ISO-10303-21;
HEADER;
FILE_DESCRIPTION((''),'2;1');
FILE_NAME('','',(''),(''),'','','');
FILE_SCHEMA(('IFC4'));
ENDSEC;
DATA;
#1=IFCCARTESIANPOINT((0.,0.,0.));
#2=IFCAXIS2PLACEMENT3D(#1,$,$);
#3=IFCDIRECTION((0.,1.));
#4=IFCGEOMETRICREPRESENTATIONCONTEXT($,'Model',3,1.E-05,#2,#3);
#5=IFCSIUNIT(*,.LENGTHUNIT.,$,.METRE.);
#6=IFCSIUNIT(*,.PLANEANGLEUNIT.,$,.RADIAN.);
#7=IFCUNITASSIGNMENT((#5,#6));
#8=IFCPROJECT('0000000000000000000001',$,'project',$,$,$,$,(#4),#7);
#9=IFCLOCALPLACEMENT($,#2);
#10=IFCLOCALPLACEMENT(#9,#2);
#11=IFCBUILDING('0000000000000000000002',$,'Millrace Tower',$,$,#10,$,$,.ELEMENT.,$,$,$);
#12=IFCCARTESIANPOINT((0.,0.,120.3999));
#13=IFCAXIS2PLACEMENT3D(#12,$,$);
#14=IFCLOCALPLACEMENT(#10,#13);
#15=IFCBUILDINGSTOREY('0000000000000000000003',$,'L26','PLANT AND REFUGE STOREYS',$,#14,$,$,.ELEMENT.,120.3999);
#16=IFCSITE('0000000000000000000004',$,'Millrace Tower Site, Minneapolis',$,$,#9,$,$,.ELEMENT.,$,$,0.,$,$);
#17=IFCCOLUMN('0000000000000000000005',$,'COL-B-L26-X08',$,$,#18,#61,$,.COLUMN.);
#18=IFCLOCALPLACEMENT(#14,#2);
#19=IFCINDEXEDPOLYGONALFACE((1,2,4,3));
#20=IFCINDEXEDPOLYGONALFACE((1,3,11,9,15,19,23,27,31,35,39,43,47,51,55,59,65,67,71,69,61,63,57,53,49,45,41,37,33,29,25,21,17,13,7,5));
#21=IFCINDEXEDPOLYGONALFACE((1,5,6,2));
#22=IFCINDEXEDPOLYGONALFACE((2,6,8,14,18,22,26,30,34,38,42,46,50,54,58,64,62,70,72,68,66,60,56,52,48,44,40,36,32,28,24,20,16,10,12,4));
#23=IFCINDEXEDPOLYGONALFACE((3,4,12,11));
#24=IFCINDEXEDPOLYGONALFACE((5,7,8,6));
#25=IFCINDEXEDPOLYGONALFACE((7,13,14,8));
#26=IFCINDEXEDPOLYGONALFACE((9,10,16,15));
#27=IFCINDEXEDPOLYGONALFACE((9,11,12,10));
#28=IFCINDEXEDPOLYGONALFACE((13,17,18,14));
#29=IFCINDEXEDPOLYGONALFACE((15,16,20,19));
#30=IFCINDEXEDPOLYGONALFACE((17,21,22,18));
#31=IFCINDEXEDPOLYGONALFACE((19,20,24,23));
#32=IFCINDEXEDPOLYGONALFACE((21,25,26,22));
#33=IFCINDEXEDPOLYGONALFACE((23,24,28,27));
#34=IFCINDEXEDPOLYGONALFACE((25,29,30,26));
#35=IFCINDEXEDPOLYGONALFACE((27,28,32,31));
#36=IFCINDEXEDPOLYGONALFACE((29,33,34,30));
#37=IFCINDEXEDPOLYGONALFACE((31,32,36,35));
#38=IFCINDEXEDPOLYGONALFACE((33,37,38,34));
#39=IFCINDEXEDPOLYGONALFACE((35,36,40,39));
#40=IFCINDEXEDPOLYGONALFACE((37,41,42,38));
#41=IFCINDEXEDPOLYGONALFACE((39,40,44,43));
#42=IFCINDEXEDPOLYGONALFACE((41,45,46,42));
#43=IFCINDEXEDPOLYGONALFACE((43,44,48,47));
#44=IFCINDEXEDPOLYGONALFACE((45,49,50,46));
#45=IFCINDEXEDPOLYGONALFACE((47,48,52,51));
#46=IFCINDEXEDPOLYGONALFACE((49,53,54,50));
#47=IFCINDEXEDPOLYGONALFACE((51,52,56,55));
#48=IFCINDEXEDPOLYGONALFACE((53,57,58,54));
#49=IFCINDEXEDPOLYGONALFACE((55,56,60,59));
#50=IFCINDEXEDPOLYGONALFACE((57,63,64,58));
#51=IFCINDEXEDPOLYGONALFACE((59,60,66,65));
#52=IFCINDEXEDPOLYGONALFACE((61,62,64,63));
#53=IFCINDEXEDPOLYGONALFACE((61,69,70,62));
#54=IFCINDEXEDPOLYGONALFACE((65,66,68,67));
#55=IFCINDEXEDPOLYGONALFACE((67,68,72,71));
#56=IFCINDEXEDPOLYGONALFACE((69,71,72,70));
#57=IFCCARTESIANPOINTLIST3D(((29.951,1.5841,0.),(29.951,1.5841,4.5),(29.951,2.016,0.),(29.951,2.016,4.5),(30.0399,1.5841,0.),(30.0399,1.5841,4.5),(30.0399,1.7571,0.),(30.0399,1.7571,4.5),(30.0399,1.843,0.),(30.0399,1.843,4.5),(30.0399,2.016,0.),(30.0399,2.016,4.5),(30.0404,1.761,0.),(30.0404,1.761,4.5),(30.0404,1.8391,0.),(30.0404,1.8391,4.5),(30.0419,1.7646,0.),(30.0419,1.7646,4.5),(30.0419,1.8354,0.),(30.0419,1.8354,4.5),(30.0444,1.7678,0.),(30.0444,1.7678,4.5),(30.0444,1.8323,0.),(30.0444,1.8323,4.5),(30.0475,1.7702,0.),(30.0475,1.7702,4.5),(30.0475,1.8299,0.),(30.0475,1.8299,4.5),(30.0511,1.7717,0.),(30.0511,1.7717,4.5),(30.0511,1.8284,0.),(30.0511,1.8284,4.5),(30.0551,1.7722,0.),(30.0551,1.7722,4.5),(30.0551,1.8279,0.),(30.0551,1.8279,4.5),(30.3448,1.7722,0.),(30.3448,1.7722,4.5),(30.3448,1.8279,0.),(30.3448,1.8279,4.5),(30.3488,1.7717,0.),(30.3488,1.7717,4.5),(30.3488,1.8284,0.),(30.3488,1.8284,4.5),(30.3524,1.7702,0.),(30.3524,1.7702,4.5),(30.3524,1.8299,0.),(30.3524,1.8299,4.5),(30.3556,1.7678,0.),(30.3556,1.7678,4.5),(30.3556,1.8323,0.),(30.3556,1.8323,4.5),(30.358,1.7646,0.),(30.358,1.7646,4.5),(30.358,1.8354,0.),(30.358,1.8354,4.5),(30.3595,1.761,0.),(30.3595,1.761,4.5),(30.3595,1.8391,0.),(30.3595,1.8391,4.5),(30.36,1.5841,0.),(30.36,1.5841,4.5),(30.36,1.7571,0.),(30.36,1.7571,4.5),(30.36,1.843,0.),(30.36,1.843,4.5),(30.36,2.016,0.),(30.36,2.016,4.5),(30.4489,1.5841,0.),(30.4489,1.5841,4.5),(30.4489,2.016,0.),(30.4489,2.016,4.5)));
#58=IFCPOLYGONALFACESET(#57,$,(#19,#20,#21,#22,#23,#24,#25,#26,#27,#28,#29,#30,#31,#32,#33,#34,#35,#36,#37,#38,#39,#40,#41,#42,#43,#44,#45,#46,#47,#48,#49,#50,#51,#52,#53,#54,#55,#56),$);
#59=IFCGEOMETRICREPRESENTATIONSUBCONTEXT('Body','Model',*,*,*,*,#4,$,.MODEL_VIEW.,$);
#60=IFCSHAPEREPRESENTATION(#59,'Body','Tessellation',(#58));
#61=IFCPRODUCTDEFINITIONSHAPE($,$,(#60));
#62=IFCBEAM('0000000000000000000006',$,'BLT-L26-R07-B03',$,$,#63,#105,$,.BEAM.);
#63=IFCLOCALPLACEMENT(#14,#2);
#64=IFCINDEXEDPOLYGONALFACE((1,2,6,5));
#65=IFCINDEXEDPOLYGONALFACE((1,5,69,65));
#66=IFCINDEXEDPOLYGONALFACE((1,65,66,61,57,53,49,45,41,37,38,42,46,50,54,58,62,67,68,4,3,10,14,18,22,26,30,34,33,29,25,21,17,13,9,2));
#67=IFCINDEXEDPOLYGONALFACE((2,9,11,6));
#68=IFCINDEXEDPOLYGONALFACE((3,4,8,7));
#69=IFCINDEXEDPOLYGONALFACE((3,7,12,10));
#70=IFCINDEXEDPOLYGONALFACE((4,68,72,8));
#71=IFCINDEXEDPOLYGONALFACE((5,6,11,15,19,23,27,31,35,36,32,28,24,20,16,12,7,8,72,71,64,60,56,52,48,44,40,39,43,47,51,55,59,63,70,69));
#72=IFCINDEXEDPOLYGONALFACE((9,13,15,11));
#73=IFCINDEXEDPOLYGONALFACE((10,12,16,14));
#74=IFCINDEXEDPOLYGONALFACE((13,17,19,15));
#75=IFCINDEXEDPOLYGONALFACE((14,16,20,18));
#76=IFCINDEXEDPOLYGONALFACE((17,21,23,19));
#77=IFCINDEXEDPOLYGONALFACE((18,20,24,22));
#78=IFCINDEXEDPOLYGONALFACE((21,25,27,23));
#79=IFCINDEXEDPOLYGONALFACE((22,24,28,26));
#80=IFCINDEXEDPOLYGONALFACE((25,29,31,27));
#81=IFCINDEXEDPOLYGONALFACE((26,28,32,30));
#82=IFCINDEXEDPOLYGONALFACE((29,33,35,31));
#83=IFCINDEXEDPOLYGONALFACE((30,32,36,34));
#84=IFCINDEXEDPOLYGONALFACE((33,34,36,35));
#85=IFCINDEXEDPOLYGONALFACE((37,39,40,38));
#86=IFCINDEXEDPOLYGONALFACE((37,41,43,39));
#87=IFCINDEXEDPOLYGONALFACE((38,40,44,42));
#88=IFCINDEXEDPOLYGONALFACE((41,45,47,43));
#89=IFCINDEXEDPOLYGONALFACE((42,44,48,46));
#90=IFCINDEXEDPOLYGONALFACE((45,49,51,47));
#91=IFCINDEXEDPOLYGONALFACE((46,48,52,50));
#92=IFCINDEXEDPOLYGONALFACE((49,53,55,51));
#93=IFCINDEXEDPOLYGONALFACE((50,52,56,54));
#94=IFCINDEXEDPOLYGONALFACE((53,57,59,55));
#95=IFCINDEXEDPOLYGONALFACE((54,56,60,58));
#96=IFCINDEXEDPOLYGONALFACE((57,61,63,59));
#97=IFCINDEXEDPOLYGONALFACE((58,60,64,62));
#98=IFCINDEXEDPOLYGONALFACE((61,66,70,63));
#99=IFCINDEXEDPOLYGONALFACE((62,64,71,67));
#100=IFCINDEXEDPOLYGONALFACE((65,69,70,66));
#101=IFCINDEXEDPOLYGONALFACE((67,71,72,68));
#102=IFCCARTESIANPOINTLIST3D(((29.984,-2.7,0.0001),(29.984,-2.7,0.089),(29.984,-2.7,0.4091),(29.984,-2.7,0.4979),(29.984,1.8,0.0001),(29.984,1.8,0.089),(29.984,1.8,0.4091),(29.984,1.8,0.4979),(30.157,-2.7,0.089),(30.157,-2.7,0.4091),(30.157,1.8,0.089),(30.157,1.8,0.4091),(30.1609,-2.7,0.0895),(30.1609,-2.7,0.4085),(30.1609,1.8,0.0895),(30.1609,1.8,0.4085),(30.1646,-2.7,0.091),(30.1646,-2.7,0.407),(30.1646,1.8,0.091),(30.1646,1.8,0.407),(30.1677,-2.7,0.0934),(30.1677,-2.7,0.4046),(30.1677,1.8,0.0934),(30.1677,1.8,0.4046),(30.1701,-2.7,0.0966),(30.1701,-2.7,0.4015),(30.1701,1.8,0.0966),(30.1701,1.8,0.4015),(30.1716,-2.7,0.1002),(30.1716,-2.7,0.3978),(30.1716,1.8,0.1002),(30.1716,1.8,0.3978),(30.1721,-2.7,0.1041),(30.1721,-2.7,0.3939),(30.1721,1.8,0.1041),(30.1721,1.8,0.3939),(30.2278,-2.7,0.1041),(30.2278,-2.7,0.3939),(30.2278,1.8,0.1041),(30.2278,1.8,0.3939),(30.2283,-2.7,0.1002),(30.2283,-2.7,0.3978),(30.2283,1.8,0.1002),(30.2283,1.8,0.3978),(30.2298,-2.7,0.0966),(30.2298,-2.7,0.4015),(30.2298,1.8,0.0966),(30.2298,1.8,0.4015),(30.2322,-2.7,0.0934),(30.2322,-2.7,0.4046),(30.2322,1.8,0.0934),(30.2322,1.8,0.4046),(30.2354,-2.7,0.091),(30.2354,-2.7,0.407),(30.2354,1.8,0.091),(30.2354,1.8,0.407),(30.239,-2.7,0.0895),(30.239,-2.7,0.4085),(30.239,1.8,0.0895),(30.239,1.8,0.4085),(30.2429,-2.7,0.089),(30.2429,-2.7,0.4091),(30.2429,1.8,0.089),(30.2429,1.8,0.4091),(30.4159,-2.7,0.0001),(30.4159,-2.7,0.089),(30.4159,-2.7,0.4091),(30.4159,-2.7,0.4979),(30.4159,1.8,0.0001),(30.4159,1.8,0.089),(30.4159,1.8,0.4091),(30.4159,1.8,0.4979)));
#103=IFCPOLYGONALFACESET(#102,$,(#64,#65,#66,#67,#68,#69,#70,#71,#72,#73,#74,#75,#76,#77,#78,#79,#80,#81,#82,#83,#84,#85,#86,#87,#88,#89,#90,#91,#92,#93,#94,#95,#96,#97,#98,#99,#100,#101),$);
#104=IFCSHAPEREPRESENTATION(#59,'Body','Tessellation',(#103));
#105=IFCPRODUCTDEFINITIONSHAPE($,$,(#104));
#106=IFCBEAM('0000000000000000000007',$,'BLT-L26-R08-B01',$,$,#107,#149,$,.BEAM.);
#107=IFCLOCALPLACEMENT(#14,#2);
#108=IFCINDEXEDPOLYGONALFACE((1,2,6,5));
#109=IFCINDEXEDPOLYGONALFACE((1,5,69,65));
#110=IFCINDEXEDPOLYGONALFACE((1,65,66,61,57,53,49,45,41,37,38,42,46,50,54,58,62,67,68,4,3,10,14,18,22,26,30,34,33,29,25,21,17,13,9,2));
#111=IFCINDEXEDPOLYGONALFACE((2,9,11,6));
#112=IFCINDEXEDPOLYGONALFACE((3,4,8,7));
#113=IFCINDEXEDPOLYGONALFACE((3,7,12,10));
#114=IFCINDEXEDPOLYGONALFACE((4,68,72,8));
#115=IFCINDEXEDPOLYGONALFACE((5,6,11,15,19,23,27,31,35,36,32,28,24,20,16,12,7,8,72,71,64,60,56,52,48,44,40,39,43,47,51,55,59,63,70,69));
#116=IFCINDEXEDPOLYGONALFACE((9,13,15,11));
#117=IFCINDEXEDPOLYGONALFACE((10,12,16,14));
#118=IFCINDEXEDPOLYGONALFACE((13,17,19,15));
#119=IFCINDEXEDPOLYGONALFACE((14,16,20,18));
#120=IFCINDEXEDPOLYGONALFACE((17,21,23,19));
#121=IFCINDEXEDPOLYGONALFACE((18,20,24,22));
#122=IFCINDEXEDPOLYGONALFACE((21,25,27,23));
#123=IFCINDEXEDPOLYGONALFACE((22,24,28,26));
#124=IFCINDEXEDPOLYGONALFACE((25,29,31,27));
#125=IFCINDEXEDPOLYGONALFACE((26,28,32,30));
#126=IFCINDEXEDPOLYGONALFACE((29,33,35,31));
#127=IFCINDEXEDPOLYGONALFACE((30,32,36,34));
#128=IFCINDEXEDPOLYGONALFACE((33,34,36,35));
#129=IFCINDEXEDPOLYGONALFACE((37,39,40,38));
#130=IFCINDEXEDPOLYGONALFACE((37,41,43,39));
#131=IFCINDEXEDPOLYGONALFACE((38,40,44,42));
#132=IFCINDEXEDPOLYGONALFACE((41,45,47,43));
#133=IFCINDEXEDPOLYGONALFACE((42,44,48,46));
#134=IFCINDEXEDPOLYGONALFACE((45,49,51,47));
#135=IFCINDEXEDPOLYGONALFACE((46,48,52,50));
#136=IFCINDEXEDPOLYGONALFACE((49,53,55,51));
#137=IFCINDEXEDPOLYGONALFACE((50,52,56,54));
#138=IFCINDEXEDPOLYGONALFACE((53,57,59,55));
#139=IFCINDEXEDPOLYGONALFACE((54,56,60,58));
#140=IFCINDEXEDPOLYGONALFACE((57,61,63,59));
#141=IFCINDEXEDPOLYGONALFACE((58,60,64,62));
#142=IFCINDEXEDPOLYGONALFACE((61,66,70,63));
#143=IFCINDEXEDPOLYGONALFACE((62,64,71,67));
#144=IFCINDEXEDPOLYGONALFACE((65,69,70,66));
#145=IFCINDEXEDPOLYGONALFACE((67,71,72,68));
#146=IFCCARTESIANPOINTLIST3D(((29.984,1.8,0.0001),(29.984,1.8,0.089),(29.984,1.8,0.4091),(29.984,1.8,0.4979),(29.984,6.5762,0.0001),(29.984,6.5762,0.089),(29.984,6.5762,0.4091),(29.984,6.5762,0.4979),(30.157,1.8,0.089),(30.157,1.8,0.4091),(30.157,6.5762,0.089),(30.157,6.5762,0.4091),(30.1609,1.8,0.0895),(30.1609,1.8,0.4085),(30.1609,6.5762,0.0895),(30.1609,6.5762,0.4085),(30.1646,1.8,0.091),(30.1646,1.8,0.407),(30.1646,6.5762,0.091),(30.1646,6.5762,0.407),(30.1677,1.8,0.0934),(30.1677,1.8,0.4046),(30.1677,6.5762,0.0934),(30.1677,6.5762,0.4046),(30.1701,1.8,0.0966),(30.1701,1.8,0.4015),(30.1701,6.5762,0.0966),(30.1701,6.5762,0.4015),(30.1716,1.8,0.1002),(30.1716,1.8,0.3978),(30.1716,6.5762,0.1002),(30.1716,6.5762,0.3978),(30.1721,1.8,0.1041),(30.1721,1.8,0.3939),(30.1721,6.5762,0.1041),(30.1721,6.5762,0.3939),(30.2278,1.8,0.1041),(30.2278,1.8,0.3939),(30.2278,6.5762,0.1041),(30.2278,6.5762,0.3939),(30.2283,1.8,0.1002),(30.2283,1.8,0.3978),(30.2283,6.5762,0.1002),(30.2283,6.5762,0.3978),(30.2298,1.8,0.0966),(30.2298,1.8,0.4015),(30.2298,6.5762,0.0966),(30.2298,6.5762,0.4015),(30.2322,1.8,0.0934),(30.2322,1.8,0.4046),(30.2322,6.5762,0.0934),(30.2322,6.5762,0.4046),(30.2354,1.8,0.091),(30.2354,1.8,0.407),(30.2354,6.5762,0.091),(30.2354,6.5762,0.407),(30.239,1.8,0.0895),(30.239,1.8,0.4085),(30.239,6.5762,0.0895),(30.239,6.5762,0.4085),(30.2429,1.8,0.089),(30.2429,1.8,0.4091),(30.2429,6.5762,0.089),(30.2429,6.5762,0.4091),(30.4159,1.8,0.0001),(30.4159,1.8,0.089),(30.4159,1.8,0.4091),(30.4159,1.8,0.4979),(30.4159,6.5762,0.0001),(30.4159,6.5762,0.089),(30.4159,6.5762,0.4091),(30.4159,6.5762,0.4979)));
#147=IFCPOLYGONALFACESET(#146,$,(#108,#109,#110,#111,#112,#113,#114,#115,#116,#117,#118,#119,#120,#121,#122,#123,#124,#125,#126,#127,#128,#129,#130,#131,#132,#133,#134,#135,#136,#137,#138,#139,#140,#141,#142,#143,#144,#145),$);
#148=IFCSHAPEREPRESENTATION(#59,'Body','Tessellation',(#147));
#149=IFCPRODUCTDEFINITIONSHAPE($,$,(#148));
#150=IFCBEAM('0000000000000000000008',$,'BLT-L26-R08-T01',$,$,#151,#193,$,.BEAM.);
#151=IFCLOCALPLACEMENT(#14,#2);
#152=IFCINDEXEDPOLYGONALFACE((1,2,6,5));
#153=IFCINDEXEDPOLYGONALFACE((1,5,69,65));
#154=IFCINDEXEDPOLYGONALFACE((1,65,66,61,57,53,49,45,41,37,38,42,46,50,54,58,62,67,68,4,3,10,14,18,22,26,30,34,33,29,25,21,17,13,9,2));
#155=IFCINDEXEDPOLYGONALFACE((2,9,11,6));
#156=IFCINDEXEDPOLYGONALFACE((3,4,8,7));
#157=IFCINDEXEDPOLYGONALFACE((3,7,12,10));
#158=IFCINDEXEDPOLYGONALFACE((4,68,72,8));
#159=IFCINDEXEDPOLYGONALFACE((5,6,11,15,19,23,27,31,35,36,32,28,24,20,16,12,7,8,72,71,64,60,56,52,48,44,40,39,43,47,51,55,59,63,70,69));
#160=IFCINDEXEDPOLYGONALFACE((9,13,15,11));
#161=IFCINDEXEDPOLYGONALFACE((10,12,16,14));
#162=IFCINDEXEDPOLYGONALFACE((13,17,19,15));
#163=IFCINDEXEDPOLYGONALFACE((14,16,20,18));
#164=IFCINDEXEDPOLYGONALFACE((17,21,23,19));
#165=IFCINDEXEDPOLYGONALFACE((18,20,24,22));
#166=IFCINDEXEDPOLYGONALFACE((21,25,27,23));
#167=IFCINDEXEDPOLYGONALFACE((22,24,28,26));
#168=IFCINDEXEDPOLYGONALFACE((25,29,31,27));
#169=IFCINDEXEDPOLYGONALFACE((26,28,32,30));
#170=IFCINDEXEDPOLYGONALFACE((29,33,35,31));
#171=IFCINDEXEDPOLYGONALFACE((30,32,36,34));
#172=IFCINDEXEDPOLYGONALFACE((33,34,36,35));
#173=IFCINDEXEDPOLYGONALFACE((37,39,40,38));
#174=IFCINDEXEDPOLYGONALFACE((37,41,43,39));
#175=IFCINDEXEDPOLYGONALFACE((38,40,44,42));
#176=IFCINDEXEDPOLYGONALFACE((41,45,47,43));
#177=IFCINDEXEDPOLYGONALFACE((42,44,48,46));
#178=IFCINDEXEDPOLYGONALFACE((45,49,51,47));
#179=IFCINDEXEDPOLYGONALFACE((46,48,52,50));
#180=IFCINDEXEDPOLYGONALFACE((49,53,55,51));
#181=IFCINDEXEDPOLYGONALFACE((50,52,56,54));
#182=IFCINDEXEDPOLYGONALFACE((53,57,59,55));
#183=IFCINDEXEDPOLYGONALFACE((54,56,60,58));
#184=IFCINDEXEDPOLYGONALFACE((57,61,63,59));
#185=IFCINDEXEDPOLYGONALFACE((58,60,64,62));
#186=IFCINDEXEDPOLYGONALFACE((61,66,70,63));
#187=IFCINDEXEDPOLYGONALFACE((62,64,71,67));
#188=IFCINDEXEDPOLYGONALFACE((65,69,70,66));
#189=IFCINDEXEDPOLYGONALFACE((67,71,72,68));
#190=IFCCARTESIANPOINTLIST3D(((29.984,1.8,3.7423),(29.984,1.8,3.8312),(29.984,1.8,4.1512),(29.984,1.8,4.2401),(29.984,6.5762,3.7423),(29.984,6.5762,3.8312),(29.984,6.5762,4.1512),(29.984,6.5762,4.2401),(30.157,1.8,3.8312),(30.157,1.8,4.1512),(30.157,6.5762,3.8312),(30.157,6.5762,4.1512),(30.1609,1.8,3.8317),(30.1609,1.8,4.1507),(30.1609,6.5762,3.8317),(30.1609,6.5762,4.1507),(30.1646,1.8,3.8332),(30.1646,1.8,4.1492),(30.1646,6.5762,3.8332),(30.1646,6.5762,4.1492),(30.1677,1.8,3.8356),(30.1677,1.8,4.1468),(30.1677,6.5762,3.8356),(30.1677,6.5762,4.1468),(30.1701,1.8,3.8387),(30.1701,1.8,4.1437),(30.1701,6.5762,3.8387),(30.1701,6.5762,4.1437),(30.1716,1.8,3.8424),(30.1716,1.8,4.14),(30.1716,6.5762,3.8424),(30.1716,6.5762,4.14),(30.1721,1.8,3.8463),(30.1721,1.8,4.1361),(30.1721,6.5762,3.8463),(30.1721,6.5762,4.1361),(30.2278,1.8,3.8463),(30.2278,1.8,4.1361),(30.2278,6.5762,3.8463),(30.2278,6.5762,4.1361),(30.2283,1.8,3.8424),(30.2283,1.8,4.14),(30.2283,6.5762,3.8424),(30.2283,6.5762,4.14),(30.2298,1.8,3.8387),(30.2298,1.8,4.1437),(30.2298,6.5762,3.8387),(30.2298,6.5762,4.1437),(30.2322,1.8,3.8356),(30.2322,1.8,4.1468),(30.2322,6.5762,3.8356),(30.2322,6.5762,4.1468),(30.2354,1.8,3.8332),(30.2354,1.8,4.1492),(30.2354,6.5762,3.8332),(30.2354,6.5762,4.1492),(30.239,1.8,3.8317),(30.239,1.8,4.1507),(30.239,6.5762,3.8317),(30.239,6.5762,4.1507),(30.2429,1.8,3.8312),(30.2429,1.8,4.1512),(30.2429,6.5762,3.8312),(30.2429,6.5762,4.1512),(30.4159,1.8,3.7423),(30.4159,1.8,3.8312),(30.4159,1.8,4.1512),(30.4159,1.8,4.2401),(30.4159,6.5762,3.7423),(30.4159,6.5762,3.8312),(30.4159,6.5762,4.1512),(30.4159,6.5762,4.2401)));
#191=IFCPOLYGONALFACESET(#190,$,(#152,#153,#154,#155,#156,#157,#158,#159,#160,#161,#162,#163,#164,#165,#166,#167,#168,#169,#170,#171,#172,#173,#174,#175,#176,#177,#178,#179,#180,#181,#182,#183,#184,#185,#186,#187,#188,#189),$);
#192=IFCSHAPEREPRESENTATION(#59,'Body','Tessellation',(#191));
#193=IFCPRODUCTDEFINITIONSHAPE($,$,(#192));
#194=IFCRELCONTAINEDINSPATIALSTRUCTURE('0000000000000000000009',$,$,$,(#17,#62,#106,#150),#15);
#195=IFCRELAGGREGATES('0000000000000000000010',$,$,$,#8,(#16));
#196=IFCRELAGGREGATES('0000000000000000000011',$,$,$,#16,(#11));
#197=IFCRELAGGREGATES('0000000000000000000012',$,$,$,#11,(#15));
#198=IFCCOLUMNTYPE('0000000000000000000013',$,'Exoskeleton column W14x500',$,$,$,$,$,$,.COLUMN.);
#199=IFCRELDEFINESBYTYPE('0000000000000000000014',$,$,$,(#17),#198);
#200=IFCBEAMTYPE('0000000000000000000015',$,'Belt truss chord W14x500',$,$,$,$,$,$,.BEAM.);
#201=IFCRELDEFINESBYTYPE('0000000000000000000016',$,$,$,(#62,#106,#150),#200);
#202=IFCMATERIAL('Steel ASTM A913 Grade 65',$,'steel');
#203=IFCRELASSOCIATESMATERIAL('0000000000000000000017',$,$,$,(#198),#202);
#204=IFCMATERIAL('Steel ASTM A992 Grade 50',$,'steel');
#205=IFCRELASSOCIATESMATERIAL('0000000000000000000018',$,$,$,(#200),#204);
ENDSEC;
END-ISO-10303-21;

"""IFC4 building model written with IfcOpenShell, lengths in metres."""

from ifc_helpers import new_model, si_unit, direction, frame, origin, origin_2d, place, context, subcontext, project, spatial, i_section, extrude, material, material_profile, profile_set, type_object, element, save


model = new_model("IFC4")

# Units and contexts
model_context = context("Model", 3, precision=1e-05, world=origin(), true_north=direction((0.0, 1.0)))
body_context = subcontext(model_context, "Body", "Model", "MODEL_VIEW")
ifc_project = project(units=[si_unit("LENGTHUNIT", "METRE"), si_unit("PLANEANGLEUNIT", "RADIAN")], contexts=[model_context])

# Site, building, storey
site_placement = place(None, origin())
site = spatial("IfcSite", under=ifc_project, at=site_placement, Name="Millrace Tower Site, Minneapolis", CompositionType="ELEMENT", RefElevation=0.0)
building_placement = place(site_placement, origin())
building = spatial("IfcBuilding", under=site, at=building_placement, Name="Millrace Tower", CompositionType="ELEMENT")
storey_placement = place(building_placement, frame((0.0, 0.0, 120.3999)))
storey = spatial("IfcBuildingStorey", under=building, at=storey_placement, Name="L26", Description="PLANT AND REFUGE STOREYS", CompositionType="ELEMENT", Elevation=120.3999)

# Column
ifc_material_1 = material(Name="Steel ASTM A913 Grade 65", Category="steel")
ifc_material_profile_1 = material_profile(ifc_material_1, i_section(OverallWidth=0.4319, OverallDepth=0.4978, WebThickness=0.0557, FlangeThickness=0.0889, FilletRadius=0.0151, at=origin_2d()))
ifc_profile_set_1 = profile_set([ifc_material_profile_1], Name="Steel ASTM A913 Grade 65")
column_type = type_object("IfcColumnType", Name="Exoskeleton column W14x500", PredefinedType="COLUMN", material=ifc_profile_set_1)
column_placement = place(storey_placement, frame((30.2, 1.8, 0.0), z_axis=(0.0, 0.0, 1.0), x_axis=(0.0, 1.0, 0.0)))
element("IfcColumn", 1, at=column_placement, inside=storey, type_object=column_type, Name="COL-B-L26-X08", PredefinedType="COLUMN", context=body_context, shape_type="SweptSolid", body=[
    extrude(i_section(OverallWidth=0.4319, OverallDepth=0.4978, WebThickness=0.0557, FlangeThickness=0.0889, FilletRadius=0.0151, at=origin_2d()), origin(), (0.0, 0.0, 1.0), 4.5),
])

# Beams
ifc_material_2 = material(Name="Steel ASTM A992 Grade 50", Category="steel")
ifc_material_profile_2 = material_profile(ifc_material_2, i_section(OverallWidth=0.4319, OverallDepth=0.4978, WebThickness=0.0557, FlangeThickness=0.0889, FilletRadius=0.0151, at=origin_2d()))
ifc_profile_set_2 = profile_set([ifc_material_profile_2], Name="Steel ASTM A992 Grade 50")
beam_type_1 = type_object("IfcBeamType", Name="Belt truss chord W14x500", PredefinedType="BEAM", material=ifc_profile_set_2)
beam_1_placement = place(storey_placement, frame((30.2, -2.7, 0.249), z_axis=(0.0, 1.0, 0.0), x_axis=(-1.0, 0.0, 0.0)))
element("IfcBeam", 2, at=beam_1_placement, inside=storey, type_object=beam_type_1, Name="BLT-L26-R07-B03", PredefinedType="BEAM", context=body_context, shape_type="SweptSolid", body=[
    extrude(i_section(OverallWidth=0.4319, OverallDepth=0.4978, WebThickness=0.0557, FlangeThickness=0.0889, FilletRadius=0.0151, at=origin_2d()), origin(), (0.0, 0.0, 1.0), 4.5),
])
for number, where, z_axis, x_axis, name in (
    (3, (30.2, 1.8, 0.249), (0.0, 1.0, 0.0), (-1.0, 0.0, 0.0), "BLT-L26-R08-B01"),
    (4, (30.2, 1.8, 3.9912), (0.0, 1.0, 0.0), (-1.0, 0.0, 0.0), "BLT-L26-R08-T01"),
):
    element("IfcBeam", number, at=place(storey_placement, frame(where, z_axis=z_axis, x_axis=x_axis)), inside=storey, type_object=beam_type_1, Name=name, PredefinedType="BEAM", context=body_context, shape_type="SweptSolid", body=[
        extrude(i_section(OverallWidth=0.4319, OverallDepth=0.4978, WebThickness=0.0557, FlangeThickness=0.0889, FilletRadius=0.0151, at=origin_2d()), origin(), (0.0, 0.0, 1.0), 4.7761),
    ])

save(model, "model.ifc")
